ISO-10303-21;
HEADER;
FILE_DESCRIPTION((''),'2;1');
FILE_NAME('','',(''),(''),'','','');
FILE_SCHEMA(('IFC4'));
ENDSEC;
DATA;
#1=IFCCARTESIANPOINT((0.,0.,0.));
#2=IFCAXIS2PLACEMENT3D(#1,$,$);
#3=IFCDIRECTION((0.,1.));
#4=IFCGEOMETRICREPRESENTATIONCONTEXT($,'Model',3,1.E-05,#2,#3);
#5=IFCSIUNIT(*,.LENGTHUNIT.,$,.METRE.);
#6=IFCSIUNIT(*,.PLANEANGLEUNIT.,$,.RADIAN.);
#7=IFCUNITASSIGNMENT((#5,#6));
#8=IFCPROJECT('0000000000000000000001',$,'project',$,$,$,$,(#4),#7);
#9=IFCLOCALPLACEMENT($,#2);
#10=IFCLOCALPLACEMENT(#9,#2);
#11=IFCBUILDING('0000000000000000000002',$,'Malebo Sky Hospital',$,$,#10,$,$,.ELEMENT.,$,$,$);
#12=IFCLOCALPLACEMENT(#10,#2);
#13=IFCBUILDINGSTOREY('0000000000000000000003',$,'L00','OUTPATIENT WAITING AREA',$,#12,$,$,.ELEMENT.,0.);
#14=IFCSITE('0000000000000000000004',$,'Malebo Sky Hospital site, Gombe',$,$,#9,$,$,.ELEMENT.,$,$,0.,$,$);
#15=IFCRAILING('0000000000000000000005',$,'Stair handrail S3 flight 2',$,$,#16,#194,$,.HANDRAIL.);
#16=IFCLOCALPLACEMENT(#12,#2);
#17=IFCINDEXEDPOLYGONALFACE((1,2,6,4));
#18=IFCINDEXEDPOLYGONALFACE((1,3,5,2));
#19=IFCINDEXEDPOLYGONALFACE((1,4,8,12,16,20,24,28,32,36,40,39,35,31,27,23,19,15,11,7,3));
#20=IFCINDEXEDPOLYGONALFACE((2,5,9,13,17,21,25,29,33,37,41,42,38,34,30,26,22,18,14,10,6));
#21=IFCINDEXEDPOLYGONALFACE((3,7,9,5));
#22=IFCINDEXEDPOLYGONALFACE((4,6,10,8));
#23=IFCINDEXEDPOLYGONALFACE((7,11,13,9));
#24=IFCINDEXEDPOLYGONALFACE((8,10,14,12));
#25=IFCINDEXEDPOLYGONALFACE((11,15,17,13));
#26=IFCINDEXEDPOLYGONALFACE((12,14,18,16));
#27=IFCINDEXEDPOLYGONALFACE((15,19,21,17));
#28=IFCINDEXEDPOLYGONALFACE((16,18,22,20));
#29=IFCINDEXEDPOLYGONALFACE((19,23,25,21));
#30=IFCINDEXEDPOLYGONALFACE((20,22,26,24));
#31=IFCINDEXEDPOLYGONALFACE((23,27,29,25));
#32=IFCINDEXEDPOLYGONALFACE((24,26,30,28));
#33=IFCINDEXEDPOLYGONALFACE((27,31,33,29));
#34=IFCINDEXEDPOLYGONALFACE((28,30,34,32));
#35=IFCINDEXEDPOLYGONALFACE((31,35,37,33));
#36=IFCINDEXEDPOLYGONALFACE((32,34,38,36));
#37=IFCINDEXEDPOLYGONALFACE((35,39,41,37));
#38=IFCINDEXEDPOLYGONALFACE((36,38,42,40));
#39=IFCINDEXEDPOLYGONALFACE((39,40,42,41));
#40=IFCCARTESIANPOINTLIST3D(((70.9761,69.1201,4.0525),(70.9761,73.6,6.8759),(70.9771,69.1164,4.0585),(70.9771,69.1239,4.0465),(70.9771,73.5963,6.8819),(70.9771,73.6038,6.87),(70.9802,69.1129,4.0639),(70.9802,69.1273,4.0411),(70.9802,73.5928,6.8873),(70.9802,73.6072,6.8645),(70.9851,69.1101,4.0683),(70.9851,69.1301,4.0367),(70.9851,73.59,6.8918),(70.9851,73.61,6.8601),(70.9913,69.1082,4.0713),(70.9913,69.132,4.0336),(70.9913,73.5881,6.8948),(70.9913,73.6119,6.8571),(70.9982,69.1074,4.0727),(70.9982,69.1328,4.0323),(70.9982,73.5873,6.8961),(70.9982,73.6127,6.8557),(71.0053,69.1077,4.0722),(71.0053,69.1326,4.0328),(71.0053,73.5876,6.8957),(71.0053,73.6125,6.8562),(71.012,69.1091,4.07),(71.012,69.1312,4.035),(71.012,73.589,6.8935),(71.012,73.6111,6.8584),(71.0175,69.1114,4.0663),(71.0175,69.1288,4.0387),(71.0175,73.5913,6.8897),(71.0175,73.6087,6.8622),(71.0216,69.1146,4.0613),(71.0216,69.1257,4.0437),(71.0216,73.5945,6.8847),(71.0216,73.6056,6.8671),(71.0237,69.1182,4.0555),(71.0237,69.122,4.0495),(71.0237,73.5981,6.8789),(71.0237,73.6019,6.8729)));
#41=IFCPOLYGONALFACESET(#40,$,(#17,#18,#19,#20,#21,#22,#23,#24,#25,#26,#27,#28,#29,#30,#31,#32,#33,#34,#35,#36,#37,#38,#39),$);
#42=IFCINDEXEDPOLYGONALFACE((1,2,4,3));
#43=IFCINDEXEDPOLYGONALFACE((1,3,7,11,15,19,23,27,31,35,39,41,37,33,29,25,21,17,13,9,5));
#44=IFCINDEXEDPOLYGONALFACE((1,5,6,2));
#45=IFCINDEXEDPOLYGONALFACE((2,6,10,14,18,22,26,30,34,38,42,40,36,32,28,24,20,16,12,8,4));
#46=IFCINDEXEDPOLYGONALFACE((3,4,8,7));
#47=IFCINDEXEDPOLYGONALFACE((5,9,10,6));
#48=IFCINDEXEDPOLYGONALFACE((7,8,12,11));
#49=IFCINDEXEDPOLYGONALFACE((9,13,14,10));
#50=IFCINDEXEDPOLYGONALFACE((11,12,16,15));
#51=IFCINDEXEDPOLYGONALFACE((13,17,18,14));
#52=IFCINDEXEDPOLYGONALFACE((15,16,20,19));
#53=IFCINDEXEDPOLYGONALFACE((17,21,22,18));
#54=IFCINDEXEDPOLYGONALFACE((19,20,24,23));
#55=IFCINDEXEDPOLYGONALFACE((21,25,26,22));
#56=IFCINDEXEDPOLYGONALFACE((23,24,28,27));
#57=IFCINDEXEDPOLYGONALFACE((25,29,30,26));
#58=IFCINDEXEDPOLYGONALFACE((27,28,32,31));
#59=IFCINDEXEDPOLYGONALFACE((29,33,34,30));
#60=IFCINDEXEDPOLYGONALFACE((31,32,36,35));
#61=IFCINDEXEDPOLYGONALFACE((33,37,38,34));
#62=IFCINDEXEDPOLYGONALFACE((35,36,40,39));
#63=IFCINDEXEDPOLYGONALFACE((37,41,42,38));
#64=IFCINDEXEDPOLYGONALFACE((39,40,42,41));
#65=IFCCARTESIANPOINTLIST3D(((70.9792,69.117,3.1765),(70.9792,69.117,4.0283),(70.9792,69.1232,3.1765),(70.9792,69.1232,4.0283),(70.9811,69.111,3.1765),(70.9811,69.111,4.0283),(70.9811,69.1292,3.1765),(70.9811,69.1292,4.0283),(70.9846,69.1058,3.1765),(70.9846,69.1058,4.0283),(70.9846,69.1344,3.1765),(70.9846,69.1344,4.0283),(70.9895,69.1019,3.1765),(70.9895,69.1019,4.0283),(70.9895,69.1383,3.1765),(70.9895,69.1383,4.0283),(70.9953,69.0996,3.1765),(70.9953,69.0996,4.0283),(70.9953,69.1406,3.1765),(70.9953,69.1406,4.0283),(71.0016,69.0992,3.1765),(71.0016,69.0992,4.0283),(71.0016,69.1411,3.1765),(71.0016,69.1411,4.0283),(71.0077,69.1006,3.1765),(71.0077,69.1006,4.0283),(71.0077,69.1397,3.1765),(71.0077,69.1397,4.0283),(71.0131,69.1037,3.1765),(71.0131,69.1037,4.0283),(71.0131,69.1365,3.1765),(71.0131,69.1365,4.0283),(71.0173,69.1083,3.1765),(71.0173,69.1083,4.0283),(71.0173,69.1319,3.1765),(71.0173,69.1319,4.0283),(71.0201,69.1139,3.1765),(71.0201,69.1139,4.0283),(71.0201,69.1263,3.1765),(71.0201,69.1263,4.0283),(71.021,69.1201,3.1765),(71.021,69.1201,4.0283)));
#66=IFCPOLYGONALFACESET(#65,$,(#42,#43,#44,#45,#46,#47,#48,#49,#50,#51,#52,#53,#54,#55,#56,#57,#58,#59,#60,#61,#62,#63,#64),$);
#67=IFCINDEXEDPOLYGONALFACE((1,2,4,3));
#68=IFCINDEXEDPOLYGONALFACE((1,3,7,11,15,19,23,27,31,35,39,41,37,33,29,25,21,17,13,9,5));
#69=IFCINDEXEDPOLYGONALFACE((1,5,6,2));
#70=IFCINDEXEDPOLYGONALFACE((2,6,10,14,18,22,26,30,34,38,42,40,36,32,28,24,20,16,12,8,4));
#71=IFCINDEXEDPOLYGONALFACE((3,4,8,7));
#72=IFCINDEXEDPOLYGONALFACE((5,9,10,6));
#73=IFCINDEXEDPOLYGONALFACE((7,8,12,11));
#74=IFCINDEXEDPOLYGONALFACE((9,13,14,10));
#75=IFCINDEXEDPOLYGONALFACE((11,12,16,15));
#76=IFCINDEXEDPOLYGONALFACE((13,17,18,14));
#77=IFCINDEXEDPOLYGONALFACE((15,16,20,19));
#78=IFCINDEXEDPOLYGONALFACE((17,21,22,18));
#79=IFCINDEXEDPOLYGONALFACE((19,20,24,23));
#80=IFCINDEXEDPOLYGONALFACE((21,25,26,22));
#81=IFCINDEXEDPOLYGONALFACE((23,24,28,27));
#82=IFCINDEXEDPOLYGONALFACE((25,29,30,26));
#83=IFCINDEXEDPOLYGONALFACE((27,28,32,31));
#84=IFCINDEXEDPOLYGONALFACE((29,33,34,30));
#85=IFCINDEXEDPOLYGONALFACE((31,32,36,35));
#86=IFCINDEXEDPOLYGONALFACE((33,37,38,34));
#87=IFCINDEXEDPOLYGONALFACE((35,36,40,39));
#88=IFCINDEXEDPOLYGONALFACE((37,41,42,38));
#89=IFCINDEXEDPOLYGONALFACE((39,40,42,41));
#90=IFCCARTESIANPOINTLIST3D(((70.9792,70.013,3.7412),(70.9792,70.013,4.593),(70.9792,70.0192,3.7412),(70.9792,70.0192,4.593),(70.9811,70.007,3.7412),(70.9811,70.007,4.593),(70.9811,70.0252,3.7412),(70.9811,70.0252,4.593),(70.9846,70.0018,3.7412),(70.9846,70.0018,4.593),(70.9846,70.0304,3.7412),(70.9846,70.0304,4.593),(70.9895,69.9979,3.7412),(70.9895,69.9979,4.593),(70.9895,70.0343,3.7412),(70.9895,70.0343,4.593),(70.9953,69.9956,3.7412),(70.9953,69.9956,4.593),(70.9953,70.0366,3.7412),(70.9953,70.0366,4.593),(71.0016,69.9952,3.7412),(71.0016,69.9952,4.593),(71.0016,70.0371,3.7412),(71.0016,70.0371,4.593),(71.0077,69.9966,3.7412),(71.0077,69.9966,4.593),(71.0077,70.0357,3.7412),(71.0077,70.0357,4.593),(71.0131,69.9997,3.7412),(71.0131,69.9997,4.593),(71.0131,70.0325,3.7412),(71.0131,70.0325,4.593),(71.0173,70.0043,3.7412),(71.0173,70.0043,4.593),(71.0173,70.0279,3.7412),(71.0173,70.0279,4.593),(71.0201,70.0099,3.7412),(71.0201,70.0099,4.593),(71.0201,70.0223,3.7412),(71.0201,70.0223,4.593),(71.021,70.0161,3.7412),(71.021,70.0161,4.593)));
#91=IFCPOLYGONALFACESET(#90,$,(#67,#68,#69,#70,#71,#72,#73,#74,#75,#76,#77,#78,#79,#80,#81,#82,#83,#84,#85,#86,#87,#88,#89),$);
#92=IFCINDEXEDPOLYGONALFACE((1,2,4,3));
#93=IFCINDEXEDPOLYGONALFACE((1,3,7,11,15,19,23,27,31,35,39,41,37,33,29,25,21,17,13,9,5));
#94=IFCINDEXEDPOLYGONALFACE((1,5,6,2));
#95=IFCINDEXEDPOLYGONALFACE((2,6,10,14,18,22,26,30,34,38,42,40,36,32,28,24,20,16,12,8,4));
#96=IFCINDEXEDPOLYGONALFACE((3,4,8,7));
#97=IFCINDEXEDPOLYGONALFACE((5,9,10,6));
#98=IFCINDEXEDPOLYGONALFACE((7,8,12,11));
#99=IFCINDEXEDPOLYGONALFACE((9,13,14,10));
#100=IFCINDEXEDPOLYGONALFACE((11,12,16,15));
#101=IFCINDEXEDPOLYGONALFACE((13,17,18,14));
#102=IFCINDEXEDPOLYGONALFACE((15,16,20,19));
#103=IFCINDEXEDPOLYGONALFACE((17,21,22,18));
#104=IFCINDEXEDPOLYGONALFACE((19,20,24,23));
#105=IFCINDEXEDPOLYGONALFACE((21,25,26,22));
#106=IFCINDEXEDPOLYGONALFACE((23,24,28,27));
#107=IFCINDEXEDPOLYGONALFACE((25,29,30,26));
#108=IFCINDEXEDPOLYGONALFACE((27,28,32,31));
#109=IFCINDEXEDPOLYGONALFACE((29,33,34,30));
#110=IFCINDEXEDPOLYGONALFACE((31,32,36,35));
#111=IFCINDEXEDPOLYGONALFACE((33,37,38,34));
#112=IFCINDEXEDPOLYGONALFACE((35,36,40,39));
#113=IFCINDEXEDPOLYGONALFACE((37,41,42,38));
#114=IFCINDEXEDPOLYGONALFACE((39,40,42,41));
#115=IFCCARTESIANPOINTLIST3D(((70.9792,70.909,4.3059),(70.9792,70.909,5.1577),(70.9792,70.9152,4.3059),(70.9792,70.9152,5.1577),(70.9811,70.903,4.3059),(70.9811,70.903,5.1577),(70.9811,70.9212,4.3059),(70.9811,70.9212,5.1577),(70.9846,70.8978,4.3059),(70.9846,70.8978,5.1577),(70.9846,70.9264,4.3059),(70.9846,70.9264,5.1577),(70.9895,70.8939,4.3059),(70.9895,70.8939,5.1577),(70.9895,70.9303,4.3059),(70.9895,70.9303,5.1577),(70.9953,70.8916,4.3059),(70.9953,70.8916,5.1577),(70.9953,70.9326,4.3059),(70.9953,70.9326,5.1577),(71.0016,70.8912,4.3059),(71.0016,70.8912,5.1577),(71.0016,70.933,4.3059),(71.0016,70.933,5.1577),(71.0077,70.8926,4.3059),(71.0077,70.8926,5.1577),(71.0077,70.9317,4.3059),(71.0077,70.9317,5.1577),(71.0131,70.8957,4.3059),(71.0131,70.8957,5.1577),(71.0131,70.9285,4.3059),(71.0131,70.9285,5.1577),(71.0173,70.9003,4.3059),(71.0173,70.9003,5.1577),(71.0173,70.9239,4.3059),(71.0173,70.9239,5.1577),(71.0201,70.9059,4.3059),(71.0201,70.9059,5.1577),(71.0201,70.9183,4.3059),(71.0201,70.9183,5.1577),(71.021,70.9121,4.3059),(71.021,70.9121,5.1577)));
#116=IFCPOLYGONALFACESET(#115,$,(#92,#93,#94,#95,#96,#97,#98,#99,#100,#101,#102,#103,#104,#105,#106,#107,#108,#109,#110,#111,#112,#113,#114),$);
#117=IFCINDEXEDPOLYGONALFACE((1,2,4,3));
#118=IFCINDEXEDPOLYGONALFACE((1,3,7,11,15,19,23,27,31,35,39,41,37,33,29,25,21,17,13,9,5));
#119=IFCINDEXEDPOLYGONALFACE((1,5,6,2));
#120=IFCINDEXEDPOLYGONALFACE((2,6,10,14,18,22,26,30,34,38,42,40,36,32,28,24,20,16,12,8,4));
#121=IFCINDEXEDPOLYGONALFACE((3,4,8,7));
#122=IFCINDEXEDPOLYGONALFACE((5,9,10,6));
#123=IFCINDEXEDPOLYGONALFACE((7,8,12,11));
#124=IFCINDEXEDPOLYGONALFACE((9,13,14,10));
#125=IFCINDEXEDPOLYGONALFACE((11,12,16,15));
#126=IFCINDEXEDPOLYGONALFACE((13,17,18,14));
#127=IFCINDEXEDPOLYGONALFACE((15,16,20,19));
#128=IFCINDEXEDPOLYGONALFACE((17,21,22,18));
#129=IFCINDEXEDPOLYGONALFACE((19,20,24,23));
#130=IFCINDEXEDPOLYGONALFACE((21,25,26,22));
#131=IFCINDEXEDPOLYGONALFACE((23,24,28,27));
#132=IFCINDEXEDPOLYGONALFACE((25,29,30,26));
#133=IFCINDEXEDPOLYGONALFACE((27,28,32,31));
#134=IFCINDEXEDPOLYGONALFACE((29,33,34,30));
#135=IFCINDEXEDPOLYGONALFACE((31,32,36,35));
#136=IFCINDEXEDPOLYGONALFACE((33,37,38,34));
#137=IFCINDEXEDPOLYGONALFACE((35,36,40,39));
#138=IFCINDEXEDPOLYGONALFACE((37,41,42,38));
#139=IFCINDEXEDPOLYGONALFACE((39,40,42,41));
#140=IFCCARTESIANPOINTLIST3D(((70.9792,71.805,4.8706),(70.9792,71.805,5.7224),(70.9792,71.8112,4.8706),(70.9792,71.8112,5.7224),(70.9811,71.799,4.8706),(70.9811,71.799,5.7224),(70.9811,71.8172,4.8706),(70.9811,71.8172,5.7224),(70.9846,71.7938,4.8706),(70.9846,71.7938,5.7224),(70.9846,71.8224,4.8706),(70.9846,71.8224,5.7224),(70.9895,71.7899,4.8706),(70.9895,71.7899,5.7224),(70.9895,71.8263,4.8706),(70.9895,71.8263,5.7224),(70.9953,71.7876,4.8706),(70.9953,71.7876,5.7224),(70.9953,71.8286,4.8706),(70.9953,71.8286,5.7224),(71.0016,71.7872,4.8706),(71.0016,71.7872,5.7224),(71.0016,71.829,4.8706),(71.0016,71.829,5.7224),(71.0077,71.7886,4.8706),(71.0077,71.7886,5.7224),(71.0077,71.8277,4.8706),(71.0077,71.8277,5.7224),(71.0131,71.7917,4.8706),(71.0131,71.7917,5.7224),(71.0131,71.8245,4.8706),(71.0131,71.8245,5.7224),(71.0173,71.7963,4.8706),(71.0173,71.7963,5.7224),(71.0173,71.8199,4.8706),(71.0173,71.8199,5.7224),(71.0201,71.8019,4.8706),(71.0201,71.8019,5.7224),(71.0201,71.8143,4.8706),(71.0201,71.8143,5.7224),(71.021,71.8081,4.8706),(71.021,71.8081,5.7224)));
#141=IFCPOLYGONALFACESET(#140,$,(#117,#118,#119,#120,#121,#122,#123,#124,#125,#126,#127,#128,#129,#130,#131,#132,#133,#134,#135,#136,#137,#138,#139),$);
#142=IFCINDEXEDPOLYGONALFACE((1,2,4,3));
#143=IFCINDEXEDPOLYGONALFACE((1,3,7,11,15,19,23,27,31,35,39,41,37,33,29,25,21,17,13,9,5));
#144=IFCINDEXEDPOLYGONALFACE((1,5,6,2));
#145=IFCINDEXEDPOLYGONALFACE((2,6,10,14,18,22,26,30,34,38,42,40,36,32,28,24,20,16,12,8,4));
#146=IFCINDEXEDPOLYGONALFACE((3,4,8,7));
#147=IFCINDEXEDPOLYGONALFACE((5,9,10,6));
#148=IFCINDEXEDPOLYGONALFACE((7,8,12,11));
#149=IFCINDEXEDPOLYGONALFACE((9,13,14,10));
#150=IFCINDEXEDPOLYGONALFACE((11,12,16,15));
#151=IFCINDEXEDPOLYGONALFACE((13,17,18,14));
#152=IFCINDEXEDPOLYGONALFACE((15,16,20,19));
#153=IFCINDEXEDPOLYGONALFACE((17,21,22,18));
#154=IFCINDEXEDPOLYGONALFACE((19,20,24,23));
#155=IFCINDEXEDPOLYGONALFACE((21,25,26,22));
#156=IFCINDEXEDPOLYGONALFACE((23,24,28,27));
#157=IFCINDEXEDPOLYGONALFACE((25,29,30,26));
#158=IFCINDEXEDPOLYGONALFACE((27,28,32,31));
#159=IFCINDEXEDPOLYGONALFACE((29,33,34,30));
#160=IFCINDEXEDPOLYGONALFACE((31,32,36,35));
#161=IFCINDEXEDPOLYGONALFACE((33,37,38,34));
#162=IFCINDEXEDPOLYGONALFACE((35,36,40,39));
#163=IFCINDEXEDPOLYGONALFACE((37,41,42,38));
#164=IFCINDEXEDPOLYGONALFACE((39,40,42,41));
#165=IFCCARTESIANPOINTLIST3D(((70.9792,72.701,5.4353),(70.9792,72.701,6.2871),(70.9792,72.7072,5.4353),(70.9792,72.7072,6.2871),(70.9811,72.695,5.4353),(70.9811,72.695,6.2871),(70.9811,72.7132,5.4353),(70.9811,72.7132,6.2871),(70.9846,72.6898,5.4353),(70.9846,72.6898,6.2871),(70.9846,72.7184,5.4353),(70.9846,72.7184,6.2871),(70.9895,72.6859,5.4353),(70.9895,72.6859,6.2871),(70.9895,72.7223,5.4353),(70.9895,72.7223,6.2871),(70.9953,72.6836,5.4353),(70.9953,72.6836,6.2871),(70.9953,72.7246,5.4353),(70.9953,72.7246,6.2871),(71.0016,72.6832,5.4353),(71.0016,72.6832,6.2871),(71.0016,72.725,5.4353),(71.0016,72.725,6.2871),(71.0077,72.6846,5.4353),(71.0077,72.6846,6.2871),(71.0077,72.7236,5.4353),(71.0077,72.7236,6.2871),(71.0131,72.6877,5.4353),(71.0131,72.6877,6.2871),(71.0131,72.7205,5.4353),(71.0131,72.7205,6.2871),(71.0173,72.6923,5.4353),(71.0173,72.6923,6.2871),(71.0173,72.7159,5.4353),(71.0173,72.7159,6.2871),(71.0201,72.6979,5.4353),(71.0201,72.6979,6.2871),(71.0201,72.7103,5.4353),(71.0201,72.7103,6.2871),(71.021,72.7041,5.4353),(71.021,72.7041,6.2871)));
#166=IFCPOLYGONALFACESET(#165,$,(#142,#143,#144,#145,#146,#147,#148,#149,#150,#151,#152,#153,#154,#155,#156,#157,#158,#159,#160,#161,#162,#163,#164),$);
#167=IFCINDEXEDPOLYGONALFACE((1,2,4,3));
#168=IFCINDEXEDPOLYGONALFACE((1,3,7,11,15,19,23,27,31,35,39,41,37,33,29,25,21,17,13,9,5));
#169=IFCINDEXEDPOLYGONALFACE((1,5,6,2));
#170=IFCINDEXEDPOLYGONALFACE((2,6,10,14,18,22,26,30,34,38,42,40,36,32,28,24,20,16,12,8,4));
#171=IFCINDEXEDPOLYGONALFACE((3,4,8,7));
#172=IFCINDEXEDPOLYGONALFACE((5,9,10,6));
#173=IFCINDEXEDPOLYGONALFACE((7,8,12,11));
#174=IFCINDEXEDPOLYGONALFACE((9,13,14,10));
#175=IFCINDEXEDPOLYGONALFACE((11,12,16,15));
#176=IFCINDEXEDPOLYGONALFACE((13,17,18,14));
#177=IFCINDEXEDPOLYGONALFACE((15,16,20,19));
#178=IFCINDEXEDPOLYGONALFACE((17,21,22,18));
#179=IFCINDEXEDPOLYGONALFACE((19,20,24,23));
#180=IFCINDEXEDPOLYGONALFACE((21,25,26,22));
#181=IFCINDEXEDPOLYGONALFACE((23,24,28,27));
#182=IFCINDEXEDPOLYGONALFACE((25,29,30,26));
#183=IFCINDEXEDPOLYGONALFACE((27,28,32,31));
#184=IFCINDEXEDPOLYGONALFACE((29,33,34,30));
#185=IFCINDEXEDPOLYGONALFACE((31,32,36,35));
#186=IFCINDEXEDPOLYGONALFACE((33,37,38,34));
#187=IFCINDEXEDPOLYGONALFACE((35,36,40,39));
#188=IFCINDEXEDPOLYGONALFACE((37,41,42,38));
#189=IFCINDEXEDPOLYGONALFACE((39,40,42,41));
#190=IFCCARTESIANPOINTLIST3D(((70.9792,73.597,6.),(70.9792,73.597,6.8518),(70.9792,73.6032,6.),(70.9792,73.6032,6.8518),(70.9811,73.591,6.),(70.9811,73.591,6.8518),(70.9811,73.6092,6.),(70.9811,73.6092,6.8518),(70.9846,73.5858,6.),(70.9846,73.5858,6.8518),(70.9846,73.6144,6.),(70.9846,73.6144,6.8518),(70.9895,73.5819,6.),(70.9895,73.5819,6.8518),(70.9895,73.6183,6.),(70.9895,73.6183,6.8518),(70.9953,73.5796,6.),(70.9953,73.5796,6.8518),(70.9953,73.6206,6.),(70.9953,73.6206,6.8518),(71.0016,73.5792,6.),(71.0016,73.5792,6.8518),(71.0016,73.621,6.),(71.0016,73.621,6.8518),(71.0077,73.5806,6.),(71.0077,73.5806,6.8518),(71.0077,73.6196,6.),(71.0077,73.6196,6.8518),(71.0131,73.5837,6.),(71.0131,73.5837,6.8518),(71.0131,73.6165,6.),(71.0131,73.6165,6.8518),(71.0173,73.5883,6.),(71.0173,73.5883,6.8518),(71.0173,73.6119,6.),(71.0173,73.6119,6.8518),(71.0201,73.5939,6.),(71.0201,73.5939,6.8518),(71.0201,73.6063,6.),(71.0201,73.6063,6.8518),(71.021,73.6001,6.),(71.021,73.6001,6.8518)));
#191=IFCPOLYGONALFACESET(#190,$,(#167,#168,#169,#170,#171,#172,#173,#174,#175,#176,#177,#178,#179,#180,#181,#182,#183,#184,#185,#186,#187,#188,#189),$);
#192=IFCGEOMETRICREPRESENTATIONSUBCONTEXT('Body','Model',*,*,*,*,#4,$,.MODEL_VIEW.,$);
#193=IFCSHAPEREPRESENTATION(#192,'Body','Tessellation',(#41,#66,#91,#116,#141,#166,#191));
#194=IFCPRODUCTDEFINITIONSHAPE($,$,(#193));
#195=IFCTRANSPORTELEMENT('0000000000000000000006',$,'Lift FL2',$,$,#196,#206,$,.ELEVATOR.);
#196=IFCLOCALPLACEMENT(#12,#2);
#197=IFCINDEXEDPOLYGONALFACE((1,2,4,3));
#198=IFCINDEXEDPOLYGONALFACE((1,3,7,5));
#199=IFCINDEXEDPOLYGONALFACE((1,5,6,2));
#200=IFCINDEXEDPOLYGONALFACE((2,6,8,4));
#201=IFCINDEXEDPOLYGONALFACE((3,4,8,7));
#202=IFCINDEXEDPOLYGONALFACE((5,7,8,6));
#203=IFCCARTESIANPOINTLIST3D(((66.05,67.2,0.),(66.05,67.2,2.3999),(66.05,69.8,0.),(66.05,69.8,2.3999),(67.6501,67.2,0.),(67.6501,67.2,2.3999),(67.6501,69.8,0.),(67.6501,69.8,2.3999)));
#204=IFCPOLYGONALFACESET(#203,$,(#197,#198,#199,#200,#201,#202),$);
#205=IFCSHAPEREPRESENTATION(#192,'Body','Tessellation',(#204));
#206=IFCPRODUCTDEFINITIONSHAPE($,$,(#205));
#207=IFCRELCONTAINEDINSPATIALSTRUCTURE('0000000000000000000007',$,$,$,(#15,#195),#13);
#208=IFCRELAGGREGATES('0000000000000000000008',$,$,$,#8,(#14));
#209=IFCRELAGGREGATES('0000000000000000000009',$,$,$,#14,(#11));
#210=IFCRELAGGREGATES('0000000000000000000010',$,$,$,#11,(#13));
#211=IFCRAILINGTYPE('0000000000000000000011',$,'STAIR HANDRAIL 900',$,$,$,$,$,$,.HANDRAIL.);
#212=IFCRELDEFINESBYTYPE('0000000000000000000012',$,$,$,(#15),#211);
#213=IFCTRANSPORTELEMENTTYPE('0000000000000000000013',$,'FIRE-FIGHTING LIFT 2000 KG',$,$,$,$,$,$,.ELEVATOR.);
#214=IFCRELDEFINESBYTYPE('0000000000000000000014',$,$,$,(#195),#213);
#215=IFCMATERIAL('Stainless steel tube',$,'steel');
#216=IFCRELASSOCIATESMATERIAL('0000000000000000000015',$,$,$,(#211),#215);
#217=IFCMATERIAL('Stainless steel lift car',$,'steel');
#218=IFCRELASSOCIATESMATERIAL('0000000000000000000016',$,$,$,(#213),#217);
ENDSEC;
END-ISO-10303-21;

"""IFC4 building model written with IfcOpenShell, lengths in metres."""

from ifc_helpers import new_model, si_unit, direction, frame, origin, origin_2d, place, context, subcontext, project, spatial, rectangle, circle, extrude, material, type_object, element, save


model = new_model("IFC4")

# Units and contexts
model_context = context("Model", 3, precision=1e-05, world=origin(), true_north=direction((0.0, 1.0)))
body_context = subcontext(model_context, "Body", "Model", "MODEL_VIEW")
ifc_project = project(units=[si_unit("LENGTHUNIT", "METRE"), si_unit("PLANEANGLEUNIT", "RADIAN")], contexts=[model_context])

# Site, building, storey
site_placement = place(None, origin())
site = spatial("IfcSite", under=ifc_project, at=site_placement, Name="Malebo Sky Hospital site, Gombe", CompositionType="ELEMENT", RefElevation=0.0)
building_placement = place(site_placement, origin())
building = spatial("IfcBuilding", under=site, at=building_placement, Name="Malebo Sky Hospital", CompositionType="ELEMENT")
storey_placement = place(building_placement, origin())
storey = spatial("IfcBuildingStorey", under=building, at=storey_placement, Name="L00", Description="OUTPATIENT WAITING AREA", CompositionType="ELEMENT", Elevation=0.0)

# Railing
ifc_material_1 = material(Name="Stainless steel tube", Category="steel")
railing_type = type_object("IfcRailingType", Name="STAIR HANDRAIL 900", PredefinedType="HANDRAIL", material=ifc_material_1)
railing_placement = place(storey_placement, frame((71.0, 69.1201, 3.1765)))
element("IfcRailing", 1, at=railing_placement, inside=storey, type_object=railing_type, Name="Stair handrail S3 flight 2", PredefinedType="HANDRAIL", context=body_context, shape_type="SweptSolid", body=[
    extrude(circle(Radius=0.0239, at=origin_2d()), frame((0.0, 0.0, 0.876), z_axis=(0.0, 0.845998, 0.533186), x_axis=(-1.0, 0.0, 0.0)), (0.0, 0.0, 1.0), 5.2954),
    extrude(circle(Radius=0.021, at=origin_2d()), origin(), (0.0, 0.0, 1.0), 0.8518),
    extrude(circle(Radius=0.021, at=origin_2d()), frame((0.0, 0.896, 0.5647)), (0.0, 0.0, 1.0), 0.8518),
    extrude(circle(Radius=0.021, at=origin_2d()), frame((0.0, 1.792, 1.1294)), (0.0, 0.0, 1.0), 0.8518),
    extrude(circle(Radius=0.021, at=origin_2d()), frame((0.0, 2.688, 1.6941)), (0.0, 0.0, 1.0), 0.8518),
    extrude(circle(Radius=0.021, at=origin_2d()), frame((0.0, 3.584, 2.2588)), (0.0, 0.0, 1.0), 0.8518),
    extrude(circle(Radius=0.021, at=origin_2d()), frame((0.0, 4.48, 2.8235)), (0.0, 0.0, 1.0), 0.8518),
])

# Transport element
ifc_material_2 = material(Name="Stainless steel lift car", Category="steel")
transport_element_type = type_object("IfcTransportElementType", Name="FIRE-FIGHTING LIFT 2000 KG", PredefinedType="ELEVATOR", material=ifc_material_2)
transport_element_placement = place(storey_placement, frame((66.8501, 68.5, 0.0)))
element("IfcTransportElement", 2, at=transport_element_placement, inside=storey, type_object=transport_element_type, Name="Lift FL2", PredefinedType="ELEVATOR", context=body_context, shape_type="SweptSolid", body=[
    extrude(rectangle(XDim=1.6001, YDim=2.6001, at=origin_2d()), origin(), (0.0, 0.0, 1.0), 2.3999),
])

save(model, "model.ifc")
